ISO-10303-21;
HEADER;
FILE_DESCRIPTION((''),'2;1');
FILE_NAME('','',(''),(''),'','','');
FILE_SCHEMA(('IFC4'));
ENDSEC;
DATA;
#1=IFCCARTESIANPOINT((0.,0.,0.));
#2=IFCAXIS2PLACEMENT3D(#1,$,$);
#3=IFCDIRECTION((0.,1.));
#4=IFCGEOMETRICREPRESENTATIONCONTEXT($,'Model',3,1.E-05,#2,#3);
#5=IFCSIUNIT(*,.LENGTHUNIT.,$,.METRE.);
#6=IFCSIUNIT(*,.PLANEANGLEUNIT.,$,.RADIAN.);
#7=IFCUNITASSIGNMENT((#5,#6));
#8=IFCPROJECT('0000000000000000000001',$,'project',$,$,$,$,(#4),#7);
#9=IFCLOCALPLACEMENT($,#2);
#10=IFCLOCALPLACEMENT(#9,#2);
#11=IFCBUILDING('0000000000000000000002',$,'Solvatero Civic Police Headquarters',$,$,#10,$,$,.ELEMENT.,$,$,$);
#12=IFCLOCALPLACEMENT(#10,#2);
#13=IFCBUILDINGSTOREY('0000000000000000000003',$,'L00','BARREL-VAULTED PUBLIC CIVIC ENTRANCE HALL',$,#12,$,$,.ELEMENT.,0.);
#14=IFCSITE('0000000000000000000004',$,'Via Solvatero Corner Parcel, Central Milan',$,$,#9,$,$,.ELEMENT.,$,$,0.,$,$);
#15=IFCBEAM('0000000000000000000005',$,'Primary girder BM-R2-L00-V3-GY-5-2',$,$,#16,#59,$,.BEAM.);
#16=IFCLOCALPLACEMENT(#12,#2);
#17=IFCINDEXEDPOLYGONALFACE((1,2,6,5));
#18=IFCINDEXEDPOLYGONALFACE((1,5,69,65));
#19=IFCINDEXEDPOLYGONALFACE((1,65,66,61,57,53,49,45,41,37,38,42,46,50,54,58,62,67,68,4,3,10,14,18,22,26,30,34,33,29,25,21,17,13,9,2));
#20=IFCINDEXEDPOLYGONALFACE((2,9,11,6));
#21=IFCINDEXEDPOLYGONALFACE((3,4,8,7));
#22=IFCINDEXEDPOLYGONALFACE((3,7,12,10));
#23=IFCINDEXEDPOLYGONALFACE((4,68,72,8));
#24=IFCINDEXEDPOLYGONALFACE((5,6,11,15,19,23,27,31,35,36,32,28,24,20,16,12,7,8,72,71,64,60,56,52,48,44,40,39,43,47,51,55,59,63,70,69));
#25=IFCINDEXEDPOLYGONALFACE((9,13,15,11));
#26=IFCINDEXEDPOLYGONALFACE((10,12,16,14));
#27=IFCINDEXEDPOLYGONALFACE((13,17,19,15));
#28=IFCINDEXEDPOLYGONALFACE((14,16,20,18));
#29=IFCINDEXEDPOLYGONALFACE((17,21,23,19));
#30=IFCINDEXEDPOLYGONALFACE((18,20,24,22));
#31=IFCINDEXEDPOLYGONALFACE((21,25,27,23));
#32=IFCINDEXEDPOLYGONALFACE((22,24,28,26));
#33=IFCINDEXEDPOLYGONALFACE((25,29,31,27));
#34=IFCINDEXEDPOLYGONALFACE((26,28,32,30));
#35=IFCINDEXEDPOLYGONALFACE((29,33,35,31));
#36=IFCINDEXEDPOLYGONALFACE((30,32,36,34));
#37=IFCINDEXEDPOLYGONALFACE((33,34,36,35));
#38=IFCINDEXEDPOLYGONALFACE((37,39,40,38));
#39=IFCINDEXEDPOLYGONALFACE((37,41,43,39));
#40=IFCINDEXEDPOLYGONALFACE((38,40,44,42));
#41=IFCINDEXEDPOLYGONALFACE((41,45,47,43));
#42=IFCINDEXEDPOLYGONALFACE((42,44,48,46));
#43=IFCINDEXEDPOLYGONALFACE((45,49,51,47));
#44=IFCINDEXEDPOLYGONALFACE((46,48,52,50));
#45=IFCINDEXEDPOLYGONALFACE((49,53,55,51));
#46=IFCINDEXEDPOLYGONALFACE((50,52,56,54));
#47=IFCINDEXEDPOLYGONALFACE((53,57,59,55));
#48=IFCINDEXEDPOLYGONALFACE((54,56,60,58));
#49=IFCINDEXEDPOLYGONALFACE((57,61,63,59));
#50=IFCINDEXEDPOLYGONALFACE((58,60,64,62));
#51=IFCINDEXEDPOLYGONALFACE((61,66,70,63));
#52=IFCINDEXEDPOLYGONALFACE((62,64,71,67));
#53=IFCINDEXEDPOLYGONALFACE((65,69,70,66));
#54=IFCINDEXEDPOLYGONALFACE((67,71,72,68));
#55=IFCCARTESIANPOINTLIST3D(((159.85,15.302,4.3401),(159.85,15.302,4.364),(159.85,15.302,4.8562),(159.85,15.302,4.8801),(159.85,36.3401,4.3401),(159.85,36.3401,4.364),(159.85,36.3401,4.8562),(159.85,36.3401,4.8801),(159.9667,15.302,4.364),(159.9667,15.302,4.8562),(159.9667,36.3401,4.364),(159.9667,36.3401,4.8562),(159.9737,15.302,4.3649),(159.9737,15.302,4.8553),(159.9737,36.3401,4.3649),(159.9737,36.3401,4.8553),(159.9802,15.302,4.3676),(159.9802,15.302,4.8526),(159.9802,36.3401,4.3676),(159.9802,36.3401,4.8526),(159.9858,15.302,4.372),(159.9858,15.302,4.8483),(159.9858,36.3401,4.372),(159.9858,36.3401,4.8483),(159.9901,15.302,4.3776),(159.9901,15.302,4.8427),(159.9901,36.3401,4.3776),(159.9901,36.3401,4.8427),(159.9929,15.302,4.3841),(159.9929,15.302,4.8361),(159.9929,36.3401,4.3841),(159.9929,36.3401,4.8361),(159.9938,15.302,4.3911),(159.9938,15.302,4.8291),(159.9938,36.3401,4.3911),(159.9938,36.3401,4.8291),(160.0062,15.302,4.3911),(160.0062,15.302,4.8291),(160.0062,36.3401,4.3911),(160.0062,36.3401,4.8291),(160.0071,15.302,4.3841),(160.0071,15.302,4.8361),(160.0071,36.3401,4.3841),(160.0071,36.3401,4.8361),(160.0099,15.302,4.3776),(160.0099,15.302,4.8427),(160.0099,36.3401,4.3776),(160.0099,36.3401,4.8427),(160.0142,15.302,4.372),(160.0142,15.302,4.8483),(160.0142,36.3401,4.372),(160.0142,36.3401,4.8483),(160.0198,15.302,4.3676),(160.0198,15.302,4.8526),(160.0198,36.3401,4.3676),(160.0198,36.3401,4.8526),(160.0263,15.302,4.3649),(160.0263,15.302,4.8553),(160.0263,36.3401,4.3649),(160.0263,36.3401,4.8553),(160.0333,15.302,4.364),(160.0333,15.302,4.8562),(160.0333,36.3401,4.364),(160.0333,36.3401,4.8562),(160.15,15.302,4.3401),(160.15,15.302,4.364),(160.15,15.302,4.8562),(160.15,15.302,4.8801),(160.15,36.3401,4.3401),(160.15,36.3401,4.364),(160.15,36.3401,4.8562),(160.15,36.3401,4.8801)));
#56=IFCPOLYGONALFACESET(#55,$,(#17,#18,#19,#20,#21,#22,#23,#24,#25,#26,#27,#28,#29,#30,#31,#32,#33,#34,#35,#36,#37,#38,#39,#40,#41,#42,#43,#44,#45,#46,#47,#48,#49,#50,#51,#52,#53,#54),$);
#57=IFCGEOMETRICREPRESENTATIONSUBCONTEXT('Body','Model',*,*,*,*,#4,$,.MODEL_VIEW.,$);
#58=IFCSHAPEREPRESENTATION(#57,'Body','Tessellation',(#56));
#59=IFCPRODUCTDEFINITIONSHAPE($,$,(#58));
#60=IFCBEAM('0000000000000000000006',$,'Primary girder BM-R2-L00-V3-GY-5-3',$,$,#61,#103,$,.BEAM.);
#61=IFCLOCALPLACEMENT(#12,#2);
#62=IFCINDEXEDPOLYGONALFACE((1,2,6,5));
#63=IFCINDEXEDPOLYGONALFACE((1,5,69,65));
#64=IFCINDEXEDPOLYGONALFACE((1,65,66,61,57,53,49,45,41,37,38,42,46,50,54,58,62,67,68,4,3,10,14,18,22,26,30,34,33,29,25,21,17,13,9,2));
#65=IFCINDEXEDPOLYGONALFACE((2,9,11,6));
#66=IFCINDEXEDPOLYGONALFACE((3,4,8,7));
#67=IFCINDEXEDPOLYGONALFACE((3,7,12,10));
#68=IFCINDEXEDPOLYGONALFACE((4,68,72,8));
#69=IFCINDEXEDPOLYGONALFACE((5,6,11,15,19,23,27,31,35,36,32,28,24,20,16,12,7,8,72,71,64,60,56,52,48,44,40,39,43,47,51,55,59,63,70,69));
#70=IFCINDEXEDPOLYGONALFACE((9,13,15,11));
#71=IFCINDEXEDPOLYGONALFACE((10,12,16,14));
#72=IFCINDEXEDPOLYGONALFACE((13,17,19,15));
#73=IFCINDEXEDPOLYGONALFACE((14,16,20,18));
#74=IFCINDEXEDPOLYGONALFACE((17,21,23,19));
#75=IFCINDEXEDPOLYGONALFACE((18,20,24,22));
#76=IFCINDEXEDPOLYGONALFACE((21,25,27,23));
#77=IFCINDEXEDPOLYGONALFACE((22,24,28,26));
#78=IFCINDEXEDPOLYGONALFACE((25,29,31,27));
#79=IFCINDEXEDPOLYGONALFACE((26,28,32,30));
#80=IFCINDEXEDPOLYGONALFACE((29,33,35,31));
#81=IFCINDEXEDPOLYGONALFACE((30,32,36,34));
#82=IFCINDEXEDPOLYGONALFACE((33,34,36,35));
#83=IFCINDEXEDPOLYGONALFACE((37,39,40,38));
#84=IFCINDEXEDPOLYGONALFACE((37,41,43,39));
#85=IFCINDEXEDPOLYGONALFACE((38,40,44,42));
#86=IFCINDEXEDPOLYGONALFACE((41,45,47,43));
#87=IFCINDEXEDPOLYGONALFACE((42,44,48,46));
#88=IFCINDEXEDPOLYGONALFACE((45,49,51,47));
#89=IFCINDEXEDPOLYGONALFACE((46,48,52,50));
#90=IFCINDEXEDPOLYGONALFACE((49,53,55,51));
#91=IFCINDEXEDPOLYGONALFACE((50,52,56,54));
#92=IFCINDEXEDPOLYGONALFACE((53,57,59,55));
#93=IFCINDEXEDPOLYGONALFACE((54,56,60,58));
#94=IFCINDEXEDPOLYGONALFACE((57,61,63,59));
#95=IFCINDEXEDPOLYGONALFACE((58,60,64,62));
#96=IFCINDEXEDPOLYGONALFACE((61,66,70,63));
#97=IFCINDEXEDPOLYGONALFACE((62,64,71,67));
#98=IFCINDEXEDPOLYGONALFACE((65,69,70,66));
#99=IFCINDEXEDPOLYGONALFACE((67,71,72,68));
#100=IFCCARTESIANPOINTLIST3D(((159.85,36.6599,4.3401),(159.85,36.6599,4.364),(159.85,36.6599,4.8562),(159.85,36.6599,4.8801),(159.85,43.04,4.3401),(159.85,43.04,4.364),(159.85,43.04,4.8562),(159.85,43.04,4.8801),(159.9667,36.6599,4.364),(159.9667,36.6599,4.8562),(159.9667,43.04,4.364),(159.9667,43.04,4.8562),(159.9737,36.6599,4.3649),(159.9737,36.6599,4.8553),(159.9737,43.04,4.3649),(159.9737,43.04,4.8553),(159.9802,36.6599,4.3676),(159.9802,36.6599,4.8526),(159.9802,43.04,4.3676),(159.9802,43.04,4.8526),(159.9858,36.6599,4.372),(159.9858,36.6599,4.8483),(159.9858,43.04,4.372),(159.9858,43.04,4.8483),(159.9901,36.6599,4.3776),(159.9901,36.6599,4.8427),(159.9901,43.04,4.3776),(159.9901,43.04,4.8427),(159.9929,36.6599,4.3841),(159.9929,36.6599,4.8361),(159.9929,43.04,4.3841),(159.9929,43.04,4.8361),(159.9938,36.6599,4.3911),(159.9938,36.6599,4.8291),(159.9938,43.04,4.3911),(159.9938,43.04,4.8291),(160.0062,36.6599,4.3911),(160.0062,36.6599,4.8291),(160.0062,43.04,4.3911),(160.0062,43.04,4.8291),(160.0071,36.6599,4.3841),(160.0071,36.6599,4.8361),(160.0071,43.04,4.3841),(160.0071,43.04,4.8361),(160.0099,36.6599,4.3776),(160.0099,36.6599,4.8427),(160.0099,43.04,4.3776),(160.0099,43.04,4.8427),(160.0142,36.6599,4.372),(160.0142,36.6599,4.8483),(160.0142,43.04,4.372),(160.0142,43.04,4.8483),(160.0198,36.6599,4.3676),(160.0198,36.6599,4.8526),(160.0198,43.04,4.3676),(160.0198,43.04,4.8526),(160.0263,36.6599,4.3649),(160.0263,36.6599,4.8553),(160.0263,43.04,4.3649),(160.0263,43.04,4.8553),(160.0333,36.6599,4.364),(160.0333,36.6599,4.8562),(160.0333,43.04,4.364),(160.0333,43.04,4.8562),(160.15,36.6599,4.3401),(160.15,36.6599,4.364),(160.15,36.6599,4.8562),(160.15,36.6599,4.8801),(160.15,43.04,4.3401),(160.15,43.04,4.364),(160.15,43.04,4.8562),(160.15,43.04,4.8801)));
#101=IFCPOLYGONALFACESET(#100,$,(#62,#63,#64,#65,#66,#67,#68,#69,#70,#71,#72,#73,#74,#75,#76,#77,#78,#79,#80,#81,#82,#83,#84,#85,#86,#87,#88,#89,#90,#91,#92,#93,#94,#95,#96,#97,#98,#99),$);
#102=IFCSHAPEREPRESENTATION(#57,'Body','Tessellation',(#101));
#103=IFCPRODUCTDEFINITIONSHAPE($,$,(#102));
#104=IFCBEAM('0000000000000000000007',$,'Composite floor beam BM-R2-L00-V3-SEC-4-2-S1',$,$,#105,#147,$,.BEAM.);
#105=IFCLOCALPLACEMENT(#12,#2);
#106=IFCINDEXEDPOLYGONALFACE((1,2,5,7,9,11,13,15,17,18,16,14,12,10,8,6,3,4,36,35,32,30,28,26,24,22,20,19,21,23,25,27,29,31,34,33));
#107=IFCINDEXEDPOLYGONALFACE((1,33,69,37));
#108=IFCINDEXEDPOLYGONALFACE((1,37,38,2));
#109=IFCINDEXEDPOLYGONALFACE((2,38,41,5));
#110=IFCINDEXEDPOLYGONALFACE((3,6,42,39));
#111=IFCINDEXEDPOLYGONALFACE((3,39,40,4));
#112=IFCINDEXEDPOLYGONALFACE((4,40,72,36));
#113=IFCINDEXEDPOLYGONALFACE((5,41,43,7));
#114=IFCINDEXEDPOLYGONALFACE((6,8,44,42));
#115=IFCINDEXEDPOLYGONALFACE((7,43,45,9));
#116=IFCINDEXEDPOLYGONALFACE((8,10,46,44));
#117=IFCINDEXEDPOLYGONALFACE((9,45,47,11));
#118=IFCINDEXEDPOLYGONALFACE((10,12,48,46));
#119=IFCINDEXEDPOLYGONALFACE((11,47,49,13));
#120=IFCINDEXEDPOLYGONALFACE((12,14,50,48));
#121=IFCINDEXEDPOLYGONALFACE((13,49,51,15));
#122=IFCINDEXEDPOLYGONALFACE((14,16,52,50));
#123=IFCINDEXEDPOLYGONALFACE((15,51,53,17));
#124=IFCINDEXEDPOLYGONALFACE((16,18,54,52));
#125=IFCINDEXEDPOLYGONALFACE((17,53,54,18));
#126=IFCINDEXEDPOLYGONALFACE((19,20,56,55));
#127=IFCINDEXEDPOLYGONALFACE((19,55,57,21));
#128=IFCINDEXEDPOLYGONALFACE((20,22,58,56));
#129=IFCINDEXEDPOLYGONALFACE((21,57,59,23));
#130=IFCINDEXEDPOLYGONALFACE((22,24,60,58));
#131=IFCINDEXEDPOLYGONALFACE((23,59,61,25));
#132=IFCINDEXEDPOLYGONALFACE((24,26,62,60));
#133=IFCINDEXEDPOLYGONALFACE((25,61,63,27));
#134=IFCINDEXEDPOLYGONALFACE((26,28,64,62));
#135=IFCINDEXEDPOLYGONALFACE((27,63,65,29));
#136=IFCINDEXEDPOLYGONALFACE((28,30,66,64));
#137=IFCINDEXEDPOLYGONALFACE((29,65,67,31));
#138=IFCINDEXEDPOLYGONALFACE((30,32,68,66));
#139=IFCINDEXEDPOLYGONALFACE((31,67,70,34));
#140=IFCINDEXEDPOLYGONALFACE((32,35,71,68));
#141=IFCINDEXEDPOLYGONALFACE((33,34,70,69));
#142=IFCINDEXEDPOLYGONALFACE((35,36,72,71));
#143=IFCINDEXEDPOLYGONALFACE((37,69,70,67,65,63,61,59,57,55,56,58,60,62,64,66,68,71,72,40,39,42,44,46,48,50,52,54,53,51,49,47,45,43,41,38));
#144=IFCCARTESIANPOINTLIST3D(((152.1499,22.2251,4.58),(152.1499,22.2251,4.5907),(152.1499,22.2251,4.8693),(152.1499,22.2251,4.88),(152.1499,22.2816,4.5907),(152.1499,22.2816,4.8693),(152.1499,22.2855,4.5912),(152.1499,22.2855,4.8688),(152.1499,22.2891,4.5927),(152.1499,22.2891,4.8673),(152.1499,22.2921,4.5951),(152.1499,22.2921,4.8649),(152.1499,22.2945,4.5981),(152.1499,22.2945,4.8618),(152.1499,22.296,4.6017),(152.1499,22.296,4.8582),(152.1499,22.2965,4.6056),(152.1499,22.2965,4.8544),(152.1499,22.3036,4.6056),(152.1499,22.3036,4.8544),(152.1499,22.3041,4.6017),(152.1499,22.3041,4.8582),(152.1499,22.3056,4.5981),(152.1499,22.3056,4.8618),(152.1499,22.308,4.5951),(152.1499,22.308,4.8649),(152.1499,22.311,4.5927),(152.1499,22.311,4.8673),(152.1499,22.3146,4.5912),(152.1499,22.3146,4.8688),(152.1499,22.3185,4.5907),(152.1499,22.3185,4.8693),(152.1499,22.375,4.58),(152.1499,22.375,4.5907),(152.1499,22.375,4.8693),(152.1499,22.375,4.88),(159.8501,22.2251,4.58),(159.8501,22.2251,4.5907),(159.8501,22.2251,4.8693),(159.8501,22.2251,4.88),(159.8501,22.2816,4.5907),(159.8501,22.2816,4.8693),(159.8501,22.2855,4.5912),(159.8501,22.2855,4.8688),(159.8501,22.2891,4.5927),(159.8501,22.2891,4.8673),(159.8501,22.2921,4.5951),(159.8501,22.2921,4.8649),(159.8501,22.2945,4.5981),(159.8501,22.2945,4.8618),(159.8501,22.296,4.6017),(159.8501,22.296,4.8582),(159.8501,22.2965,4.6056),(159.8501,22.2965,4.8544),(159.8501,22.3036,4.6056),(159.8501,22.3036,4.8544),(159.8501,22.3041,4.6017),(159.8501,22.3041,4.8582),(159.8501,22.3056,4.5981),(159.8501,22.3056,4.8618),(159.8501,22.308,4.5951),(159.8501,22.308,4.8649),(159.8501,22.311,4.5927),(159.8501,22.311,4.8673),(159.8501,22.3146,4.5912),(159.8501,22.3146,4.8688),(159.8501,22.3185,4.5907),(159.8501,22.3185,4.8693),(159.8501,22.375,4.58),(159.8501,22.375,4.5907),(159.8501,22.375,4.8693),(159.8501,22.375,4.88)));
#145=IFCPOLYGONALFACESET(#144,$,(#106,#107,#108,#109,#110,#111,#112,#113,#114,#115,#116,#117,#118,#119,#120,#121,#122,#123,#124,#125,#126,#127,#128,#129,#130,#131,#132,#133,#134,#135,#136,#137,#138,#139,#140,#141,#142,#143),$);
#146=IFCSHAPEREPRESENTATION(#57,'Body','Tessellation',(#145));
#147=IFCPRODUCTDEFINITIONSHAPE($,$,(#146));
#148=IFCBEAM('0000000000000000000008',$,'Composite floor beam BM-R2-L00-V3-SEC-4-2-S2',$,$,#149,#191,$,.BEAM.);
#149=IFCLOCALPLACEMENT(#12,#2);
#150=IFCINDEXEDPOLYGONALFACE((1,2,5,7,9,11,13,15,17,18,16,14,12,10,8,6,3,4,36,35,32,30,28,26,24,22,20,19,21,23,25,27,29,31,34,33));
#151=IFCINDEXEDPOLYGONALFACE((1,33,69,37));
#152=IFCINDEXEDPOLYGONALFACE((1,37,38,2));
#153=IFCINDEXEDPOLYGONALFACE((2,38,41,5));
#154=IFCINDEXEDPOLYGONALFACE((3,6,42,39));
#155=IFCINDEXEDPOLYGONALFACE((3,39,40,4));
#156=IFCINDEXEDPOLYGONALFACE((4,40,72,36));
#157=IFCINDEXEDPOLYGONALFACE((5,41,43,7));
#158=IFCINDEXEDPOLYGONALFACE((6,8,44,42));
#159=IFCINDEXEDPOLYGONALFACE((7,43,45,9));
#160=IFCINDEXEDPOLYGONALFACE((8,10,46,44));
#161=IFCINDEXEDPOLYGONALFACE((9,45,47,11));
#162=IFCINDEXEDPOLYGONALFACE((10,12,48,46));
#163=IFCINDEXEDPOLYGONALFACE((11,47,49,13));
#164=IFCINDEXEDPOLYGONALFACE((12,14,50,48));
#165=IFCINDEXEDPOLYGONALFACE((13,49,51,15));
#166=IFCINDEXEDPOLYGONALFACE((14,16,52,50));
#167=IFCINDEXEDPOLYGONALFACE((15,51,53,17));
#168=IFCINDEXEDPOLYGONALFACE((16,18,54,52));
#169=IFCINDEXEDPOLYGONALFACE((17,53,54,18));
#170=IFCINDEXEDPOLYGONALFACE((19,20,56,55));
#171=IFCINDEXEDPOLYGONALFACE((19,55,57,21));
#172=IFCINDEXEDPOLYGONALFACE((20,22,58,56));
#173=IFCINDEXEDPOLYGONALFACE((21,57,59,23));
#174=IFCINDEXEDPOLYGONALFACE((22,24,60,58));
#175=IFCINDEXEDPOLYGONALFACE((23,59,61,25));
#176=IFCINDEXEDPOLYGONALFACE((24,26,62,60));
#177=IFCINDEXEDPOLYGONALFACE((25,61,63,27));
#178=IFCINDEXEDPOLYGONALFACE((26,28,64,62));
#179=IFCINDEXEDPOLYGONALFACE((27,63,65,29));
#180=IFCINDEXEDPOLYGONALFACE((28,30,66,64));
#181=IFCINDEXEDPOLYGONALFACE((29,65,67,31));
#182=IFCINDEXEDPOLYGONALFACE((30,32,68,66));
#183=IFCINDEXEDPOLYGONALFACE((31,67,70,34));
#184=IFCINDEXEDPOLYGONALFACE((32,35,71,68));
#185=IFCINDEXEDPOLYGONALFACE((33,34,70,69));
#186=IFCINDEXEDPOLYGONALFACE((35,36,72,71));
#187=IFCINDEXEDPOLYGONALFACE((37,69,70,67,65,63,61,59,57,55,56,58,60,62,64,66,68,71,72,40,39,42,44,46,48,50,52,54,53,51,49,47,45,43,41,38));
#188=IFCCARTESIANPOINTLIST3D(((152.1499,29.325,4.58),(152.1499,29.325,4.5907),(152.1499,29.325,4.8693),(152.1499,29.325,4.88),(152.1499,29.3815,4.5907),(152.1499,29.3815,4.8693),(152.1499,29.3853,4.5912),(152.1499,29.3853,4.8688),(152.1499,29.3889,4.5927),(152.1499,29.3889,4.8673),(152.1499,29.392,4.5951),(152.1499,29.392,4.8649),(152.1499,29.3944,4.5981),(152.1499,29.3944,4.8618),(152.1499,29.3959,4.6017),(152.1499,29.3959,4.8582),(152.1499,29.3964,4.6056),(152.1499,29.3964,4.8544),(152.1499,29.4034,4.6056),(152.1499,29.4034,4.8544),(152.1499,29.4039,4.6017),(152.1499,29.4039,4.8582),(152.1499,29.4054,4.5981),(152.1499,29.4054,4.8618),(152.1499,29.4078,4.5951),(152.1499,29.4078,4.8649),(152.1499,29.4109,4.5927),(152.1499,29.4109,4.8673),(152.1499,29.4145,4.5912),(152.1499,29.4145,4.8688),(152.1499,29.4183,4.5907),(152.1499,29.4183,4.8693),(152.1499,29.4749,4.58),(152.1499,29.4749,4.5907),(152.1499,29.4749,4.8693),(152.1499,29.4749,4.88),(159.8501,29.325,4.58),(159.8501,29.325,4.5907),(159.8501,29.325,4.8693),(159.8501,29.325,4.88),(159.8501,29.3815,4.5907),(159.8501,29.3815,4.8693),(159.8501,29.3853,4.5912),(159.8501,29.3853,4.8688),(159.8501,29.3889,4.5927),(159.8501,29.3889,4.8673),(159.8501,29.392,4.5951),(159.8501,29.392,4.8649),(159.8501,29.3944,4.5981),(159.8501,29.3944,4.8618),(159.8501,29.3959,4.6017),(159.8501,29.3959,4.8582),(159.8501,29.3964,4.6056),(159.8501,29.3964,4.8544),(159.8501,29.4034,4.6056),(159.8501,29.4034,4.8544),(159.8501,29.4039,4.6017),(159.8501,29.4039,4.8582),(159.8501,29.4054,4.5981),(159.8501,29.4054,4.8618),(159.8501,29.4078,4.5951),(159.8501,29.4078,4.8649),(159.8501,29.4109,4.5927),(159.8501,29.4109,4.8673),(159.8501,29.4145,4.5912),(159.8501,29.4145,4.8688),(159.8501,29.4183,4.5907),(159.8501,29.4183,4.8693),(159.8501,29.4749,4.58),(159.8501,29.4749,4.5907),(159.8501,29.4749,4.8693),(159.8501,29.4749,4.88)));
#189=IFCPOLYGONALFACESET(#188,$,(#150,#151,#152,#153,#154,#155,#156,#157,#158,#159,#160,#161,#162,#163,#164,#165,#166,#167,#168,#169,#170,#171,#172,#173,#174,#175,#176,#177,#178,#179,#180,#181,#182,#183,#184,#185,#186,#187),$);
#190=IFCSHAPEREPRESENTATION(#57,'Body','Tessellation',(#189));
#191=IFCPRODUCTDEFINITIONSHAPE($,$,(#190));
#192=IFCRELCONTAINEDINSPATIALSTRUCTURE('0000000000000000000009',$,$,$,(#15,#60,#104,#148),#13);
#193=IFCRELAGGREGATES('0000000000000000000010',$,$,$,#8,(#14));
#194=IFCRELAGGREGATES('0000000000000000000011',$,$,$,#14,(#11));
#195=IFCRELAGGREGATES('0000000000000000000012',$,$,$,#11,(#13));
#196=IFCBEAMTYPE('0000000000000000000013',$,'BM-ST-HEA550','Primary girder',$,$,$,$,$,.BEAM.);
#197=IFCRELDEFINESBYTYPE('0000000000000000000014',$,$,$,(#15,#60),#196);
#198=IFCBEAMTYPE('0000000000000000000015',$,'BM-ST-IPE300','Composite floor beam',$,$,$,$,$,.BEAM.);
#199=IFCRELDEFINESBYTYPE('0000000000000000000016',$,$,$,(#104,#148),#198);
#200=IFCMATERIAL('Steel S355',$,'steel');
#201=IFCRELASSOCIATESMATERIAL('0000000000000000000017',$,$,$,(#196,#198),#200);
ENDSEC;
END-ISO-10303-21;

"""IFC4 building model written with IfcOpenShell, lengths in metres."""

from ifc_helpers import new_model, si_unit, direction, frame, origin, origin_2d, place, context, subcontext, project, spatial, i_section, extrude, material, material_profile, profile_set, type_object, element, save


model = new_model("IFC4")

# Units and contexts
model_context = context("Model", 3, precision=1e-05, world=origin(), true_north=direction((0.0, 1.0)))
body_context = subcontext(model_context, "Body", "Model", "MODEL_VIEW")
ifc_project = project(units=[si_unit("LENGTHUNIT", "METRE"), si_unit("PLANEANGLEUNIT", "RADIAN")], contexts=[model_context])

# Site, building, storey
site_placement = place(None, origin())
site = spatial("IfcSite", under=ifc_project, at=site_placement, Name="Via Solvatero Corner Parcel, Central Milan", CompositionType="ELEMENT", RefElevation=0.0)
building_placement = place(site_placement, origin())
building = spatial("IfcBuilding", under=site, at=building_placement, Name="Solvatero Civic Police Headquarters", CompositionType="ELEMENT")
storey_placement = place(building_placement, origin())
storey = spatial("IfcBuildingStorey", under=building, at=storey_placement, Name="L00", Description="BARREL-VAULTED PUBLIC CIVIC ENTRANCE HALL", CompositionType="ELEMENT", Elevation=0.0)

# Beams
ifc_material_1 = material(Name="Steel S355", Category="steel")
ifc_material_profile_1 = material_profile(ifc_material_1, i_section(OverallWidth=0.3, OverallDepth=0.54, WebThickness=0.0125, FlangeThickness=0.0239, FilletRadius=0.0271, at=origin_2d()), Name="HEA 550")
ifc_profile_set_1 = profile_set([ifc_material_profile_1], Name="Steel S355")
beam_type_1 = type_object("IfcBeamType", Name="BM-ST-HEA550", Description="Primary girder", PredefinedType="BEAM", material=ifc_profile_set_1)
beam_1_placement = place(storey_placement, frame((160.0, 15.302, 4.6101), z_axis=(0.0, 1.0, 0.0), x_axis=(-1.0, 0.0, 0.0)))
element("IfcBeam", 1, at=beam_1_placement, inside=storey, type_object=beam_type_1, Name="Primary girder BM-R2-L00-V3-GY-5-2", PredefinedType="BEAM", context=body_context, shape_type="SweptSolid", body=[
    extrude(i_section(OverallWidth=0.3, OverallDepth=0.54, WebThickness=0.0125, FlangeThickness=0.0239, FilletRadius=0.0271, at=origin_2d()), origin(), (0.0, 0.0, 1.0), 21.0381),
])
beam_2_placement = place(storey_placement, frame((160.0, 36.6599, 4.6101), z_axis=(0.0, 1.0, 0.0), x_axis=(-1.0, 0.0, 0.0)))
element("IfcBeam", 2, at=beam_2_placement, inside=storey, type_object=beam_type_1, Name="Primary girder BM-R2-L00-V3-GY-5-3", PredefinedType="BEAM", context=body_context, shape_type="SweptSolid", body=[
    extrude(i_section(OverallWidth=0.3, OverallDepth=0.54, WebThickness=0.0125, FlangeThickness=0.0239, FilletRadius=0.0271, at=origin_2d()), origin(), (0.0, 0.0, 1.0), 6.3801),
])
ifc_material_profile_2 = material_profile(ifc_material_1, i_section(OverallWidth=0.1499, OverallDepth=0.3, WebThickness=0.0071, FlangeThickness=0.0107, FilletRadius=0.0149, at=origin_2d()), Name="IPE 300")
ifc_profile_set_2 = profile_set([ifc_material_profile_2], Name="Steel S355")
beam_type_2 = type_object("IfcBeamType", Name="BM-ST-IPE300", Description="Composite floor beam", PredefinedType="BEAM", material=ifc_profile_set_2)
for number, where, z_axis, x_axis, name in (
    (3, (152.1499, 22.3, 4.73), (1.0, 0.0, 0.0), (0.0, 1.0, 0.0), "Composite floor beam BM-R2-L00-V3-SEC-4-2-S1"),
    (4, (152.1499, 29.3999, 4.73), (1.0, 0.0, 0.0), (0.0, 1.0, 0.0), "Composite floor beam BM-R2-L00-V3-SEC-4-2-S2"),
):
    element("IfcBeam", number, at=place(storey_placement, frame(where, z_axis=z_axis, x_axis=x_axis)), inside=storey, type_object=beam_type_2, Name=name, PredefinedType="BEAM", context=body_context, shape_type="SweptSolid", body=[
        extrude(i_section(OverallWidth=0.1499, OverallDepth=0.3, WebThickness=0.0071, FlangeThickness=0.0107, FilletRadius=0.0149, at=origin_2d()), origin(), (0.0, 0.0, 1.0), 7.7002),
    ])

save(model, "model.ifc")
